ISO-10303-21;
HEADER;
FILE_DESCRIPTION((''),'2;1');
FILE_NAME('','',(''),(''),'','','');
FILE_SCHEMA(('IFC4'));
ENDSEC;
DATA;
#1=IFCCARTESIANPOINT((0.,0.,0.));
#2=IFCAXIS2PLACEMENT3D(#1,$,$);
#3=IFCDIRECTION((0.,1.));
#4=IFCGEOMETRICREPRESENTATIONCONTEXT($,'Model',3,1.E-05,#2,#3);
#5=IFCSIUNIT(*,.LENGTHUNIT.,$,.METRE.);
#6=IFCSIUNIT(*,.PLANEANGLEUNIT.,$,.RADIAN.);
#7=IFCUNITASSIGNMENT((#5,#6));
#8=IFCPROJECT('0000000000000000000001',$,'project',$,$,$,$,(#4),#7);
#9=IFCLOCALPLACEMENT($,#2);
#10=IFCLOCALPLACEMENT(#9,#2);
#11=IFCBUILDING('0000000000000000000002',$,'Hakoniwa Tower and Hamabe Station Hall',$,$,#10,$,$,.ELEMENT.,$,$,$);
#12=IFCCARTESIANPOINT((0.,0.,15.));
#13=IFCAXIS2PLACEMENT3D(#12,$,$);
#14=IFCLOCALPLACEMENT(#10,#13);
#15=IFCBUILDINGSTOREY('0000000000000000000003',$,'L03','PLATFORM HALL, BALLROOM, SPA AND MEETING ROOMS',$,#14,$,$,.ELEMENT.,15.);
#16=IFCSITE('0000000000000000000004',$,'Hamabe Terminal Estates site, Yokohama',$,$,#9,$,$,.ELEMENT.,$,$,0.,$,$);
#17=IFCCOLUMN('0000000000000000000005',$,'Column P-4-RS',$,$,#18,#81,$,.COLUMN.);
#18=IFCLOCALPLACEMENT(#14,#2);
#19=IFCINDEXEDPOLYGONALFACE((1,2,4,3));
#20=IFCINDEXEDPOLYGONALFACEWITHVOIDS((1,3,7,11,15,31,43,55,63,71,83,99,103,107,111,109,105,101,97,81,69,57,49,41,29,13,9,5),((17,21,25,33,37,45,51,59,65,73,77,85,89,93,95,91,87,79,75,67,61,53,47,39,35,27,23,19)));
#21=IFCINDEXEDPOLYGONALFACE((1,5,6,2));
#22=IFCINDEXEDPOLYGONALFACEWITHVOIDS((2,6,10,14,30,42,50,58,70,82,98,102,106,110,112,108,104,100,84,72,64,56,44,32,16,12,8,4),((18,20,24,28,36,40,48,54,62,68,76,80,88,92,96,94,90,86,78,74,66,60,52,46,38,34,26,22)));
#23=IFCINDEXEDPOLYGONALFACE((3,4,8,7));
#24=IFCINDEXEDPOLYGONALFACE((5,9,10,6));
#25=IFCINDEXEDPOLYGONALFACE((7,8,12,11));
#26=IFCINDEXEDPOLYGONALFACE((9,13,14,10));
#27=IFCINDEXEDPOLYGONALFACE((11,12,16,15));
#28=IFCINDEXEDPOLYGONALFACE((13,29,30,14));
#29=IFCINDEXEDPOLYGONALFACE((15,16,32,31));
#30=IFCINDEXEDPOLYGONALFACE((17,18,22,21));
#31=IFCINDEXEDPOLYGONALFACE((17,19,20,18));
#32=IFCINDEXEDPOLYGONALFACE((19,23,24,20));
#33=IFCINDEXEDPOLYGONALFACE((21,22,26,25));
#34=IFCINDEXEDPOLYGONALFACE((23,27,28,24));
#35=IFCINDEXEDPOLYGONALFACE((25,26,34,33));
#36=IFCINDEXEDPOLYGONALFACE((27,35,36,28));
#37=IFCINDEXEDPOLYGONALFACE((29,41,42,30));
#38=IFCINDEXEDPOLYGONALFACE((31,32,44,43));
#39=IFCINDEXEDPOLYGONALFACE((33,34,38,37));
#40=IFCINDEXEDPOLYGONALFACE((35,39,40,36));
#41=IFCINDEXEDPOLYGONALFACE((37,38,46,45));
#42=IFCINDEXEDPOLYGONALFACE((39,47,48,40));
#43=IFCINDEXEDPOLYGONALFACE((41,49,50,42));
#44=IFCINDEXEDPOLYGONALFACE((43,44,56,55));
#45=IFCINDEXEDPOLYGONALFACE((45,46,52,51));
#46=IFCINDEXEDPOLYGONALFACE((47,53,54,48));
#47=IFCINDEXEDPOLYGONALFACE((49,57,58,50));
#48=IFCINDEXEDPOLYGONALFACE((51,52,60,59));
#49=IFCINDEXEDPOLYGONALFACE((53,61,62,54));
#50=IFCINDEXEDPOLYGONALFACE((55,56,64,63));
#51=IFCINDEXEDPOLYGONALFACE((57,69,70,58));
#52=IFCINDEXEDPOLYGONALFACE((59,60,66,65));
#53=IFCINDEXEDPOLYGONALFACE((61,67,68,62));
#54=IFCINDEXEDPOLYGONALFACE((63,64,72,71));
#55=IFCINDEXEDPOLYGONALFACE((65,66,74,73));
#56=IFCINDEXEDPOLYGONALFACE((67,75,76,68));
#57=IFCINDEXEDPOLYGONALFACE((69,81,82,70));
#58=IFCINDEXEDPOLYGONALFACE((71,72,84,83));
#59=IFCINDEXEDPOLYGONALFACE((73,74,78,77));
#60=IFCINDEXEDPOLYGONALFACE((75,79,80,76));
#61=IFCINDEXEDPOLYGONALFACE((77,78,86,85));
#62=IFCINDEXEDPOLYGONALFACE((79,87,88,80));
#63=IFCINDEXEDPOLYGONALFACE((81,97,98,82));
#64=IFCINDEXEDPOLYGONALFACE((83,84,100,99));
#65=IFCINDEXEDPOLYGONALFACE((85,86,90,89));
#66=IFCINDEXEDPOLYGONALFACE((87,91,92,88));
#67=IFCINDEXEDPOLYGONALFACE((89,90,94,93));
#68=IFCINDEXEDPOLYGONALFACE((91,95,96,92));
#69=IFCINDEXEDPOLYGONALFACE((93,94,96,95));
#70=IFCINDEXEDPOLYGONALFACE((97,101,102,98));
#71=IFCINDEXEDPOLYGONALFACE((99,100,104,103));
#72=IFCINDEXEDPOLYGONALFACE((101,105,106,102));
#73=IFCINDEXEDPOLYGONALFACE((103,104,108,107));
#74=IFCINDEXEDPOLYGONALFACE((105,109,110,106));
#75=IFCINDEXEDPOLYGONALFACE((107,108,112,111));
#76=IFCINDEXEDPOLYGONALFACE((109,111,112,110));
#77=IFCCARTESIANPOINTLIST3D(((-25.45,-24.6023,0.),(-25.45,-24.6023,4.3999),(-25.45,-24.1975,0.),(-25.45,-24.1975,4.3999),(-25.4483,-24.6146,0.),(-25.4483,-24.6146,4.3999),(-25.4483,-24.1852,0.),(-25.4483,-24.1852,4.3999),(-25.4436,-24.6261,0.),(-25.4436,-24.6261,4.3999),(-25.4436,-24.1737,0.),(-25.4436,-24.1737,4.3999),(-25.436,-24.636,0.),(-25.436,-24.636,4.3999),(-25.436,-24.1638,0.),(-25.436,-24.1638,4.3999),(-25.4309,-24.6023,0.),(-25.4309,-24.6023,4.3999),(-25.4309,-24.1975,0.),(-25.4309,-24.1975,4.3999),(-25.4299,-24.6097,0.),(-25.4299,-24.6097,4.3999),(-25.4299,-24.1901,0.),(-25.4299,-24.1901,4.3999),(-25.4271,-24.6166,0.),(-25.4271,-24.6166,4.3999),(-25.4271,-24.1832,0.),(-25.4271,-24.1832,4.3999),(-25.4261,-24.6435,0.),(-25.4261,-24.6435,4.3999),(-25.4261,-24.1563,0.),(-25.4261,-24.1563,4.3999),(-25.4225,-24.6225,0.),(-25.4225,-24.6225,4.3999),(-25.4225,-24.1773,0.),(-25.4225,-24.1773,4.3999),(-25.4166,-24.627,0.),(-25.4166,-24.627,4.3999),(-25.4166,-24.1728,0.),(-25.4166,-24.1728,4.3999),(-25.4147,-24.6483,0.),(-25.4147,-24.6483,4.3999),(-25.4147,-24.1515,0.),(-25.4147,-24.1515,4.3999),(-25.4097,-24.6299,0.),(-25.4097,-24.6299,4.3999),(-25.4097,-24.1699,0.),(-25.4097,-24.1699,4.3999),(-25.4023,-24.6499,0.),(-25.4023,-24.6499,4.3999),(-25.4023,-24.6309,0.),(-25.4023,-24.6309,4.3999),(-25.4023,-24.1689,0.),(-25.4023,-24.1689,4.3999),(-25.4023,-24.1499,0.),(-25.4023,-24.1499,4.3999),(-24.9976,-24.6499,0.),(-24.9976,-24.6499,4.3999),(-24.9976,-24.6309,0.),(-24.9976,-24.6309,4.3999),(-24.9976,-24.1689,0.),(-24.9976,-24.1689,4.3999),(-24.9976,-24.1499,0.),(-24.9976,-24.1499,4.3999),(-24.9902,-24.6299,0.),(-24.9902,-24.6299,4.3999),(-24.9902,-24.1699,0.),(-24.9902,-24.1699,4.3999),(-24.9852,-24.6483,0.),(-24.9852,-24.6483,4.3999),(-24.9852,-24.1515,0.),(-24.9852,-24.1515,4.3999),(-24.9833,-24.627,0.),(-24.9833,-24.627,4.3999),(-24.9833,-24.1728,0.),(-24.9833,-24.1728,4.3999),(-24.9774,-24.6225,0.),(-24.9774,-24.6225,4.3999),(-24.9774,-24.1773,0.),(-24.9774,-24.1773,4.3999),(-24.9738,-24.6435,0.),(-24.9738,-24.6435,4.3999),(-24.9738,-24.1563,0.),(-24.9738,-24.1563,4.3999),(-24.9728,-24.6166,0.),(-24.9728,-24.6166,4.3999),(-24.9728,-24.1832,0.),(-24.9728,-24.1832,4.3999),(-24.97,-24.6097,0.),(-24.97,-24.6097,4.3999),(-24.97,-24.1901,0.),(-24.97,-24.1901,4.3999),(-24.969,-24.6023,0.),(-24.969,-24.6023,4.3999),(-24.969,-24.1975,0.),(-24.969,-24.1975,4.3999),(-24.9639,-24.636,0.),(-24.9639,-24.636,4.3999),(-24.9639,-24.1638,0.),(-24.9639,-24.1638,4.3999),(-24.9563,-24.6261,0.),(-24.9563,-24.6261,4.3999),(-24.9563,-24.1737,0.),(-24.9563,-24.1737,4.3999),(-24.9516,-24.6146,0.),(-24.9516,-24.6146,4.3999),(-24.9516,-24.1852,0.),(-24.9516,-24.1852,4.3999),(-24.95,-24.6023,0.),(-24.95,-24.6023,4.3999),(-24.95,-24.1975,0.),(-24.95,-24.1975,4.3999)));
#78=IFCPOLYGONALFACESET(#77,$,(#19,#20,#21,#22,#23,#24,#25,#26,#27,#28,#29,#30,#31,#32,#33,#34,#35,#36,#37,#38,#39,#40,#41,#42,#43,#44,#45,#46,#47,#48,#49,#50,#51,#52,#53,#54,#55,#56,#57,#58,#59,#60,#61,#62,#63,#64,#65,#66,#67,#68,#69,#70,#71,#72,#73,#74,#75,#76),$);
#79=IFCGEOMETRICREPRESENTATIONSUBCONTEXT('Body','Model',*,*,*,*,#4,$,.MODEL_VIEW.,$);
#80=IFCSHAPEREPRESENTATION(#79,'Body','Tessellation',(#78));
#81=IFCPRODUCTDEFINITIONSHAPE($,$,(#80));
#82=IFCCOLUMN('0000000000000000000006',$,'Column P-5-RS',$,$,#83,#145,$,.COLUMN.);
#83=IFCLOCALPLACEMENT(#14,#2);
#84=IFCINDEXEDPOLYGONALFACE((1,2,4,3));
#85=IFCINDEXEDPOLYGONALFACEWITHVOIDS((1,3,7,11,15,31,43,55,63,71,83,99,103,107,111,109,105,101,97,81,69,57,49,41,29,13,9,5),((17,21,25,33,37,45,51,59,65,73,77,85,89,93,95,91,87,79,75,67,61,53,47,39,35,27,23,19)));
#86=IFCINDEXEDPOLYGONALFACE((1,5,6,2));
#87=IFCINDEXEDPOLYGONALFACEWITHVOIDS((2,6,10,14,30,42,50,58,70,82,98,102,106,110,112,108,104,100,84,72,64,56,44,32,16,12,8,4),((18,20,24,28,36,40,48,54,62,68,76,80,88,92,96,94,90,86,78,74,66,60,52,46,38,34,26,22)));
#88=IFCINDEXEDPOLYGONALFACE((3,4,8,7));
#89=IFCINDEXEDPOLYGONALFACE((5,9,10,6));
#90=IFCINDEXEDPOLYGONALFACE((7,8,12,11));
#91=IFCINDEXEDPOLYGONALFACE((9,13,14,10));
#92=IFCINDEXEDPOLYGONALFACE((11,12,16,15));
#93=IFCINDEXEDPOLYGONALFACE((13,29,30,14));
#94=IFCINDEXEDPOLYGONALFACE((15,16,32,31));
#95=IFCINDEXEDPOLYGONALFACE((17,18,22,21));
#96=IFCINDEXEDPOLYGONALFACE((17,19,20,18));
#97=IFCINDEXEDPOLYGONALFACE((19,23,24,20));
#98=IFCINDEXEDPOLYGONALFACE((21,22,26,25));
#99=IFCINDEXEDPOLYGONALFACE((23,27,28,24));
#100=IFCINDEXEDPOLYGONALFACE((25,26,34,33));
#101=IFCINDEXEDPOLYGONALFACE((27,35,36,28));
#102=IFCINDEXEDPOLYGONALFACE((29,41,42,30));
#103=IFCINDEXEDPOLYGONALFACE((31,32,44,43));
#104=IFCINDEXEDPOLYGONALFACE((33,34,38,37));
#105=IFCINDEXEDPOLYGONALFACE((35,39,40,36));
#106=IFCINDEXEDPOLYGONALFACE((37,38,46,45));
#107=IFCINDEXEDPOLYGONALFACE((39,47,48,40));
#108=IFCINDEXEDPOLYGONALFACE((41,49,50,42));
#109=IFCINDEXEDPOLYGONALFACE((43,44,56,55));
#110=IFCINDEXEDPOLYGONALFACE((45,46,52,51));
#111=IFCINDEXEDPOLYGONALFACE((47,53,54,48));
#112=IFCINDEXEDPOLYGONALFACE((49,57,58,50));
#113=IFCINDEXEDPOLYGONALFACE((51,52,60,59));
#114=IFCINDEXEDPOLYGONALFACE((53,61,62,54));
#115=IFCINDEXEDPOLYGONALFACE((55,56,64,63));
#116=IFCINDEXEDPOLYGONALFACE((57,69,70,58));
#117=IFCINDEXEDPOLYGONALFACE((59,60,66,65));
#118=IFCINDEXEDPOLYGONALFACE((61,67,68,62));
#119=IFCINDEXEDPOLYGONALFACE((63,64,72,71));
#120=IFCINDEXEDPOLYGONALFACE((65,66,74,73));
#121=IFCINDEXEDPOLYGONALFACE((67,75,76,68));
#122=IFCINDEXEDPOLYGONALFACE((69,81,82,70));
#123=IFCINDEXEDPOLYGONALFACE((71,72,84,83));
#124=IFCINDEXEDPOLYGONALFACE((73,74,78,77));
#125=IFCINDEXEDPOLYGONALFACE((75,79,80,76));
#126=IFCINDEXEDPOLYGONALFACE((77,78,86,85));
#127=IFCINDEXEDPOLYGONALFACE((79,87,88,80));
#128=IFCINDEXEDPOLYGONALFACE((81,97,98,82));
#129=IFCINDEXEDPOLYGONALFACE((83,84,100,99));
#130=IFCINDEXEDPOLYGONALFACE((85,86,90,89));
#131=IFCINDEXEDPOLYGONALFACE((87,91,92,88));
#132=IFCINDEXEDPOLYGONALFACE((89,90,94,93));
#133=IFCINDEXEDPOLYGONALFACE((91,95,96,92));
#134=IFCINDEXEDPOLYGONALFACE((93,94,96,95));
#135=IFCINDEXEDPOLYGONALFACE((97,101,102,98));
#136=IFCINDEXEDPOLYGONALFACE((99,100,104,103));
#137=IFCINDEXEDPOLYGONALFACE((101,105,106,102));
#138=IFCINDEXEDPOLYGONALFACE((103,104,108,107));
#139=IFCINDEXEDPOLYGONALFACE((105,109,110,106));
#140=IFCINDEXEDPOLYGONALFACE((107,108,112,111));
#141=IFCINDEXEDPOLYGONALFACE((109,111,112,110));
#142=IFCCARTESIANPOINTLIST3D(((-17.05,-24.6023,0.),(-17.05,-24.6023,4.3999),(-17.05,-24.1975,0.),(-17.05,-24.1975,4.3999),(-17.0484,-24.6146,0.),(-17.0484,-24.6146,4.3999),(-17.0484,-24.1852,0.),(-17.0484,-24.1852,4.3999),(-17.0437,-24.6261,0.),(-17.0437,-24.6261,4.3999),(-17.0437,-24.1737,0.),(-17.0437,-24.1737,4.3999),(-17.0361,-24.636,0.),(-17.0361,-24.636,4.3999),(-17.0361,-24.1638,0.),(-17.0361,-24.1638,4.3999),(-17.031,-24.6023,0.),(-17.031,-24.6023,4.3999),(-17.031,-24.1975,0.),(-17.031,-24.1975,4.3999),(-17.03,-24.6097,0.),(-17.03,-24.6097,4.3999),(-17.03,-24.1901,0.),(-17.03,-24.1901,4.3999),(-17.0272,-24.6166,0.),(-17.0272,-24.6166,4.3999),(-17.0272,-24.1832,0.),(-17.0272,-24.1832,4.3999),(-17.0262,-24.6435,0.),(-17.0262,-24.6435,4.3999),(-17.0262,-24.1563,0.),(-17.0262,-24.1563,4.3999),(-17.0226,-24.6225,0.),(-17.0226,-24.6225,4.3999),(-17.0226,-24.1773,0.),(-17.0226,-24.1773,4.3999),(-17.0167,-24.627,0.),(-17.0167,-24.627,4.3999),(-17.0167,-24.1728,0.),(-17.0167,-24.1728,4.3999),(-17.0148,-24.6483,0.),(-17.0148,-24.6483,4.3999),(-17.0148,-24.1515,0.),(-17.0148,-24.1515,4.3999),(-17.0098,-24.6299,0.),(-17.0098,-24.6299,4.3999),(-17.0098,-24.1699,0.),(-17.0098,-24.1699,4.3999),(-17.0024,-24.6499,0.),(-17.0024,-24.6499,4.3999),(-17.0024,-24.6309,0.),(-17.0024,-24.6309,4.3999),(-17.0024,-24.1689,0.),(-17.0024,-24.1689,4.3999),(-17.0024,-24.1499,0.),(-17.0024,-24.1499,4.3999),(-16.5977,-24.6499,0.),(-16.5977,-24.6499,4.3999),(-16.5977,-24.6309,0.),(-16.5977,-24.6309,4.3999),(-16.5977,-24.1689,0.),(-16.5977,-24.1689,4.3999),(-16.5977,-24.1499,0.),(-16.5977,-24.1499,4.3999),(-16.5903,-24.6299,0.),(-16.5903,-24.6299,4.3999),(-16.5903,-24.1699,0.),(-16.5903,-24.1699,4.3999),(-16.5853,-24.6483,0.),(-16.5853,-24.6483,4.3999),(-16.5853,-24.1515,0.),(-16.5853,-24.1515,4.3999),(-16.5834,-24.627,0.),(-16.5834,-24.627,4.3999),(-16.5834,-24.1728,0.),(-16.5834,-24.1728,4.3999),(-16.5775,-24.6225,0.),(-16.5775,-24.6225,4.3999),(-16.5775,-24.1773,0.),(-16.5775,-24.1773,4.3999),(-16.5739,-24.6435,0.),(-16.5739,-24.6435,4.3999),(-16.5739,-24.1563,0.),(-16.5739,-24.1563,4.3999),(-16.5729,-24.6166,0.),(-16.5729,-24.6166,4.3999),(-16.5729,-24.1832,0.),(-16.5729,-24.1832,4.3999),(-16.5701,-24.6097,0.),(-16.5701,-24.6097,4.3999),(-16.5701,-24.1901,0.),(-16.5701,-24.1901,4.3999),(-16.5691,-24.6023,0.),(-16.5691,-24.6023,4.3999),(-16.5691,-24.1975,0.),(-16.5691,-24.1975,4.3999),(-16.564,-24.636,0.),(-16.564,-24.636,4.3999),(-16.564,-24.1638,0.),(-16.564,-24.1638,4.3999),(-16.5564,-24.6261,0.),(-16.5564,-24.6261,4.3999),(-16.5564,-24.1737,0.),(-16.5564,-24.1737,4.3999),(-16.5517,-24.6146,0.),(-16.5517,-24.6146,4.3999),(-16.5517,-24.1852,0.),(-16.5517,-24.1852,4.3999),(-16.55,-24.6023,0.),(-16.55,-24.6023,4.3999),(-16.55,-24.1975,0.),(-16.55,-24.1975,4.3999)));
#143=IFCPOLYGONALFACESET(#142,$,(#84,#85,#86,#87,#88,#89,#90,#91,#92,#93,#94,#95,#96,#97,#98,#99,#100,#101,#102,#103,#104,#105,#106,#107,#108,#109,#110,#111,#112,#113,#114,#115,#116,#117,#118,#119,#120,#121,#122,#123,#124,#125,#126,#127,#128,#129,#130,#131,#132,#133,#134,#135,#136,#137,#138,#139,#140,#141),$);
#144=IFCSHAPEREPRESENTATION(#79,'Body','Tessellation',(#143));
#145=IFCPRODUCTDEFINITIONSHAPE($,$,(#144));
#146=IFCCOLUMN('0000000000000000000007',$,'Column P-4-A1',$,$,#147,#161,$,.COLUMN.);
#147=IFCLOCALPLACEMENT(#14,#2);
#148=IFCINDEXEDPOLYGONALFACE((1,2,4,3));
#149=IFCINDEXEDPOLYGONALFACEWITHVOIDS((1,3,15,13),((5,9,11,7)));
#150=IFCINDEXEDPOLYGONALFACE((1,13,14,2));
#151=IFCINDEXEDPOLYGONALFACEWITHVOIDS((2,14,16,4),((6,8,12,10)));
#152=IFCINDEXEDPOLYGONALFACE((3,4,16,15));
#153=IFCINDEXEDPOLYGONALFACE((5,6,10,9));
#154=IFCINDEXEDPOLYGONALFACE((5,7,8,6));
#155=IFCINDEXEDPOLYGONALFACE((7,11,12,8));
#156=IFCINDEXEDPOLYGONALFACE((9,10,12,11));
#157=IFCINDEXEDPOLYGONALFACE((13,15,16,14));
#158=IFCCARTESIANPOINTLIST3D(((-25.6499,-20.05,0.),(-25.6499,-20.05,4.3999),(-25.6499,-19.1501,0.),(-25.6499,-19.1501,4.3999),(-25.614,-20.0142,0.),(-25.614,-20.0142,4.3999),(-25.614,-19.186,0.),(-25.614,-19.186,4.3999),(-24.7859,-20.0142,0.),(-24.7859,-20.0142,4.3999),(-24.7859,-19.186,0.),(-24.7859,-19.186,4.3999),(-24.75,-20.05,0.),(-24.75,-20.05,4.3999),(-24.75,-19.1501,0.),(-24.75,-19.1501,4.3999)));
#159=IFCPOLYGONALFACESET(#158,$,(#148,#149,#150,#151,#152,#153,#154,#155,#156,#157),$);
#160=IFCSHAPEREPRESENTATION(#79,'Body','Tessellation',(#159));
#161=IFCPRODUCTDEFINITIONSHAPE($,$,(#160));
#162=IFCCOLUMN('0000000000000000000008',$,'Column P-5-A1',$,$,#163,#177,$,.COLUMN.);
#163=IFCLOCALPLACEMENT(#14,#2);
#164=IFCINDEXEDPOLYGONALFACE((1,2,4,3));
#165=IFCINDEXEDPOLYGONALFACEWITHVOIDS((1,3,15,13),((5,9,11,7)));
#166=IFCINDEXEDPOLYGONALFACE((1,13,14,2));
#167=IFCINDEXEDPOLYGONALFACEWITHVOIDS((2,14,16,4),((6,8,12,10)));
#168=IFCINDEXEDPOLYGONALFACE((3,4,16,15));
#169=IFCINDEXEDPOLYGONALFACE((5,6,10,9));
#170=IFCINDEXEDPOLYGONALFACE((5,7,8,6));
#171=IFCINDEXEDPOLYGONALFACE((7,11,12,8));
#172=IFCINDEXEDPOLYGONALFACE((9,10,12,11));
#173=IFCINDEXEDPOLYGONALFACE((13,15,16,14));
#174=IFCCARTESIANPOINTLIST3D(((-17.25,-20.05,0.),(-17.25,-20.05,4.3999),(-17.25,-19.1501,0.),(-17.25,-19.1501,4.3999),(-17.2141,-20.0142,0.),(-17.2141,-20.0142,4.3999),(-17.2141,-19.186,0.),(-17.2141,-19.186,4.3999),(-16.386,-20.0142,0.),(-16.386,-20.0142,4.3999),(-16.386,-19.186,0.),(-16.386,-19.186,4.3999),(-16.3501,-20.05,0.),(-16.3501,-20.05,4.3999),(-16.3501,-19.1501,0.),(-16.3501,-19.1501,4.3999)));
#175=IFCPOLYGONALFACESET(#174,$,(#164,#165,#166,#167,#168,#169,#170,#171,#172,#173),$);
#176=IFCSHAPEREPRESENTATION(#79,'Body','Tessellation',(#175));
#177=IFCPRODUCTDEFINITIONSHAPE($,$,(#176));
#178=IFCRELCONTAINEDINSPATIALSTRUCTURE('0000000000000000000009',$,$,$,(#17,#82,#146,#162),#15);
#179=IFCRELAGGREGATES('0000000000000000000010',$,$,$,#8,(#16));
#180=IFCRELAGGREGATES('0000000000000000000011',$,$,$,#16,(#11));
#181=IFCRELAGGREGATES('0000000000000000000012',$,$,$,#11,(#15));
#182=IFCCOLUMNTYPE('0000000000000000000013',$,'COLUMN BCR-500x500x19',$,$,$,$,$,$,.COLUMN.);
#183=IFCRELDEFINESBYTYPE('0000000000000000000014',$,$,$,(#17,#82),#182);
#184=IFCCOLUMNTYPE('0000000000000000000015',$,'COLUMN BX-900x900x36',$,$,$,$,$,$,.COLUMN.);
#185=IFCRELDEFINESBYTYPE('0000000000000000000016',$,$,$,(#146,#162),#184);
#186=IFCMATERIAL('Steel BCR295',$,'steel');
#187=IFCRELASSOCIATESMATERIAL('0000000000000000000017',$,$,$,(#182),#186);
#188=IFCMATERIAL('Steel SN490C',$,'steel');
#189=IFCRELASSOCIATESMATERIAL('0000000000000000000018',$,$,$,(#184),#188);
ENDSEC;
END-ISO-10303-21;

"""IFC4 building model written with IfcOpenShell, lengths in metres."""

from ifc_helpers import new_model, si_unit, direction, frame, origin, origin_2d, place, context, subcontext, project, spatial, hollow_rectangle, extrude, material, material_profile, profile_set, type_object, element, save


model = new_model("IFC4")

# Units and contexts
model_context = context("Model", 3, precision=1e-05, world=origin(), true_north=direction((0.0, 1.0)))
body_context = subcontext(model_context, "Body", "Model", "MODEL_VIEW")
ifc_project = project(units=[si_unit("LENGTHUNIT", "METRE"), si_unit("PLANEANGLEUNIT", "RADIAN")], contexts=[model_context])

# Site, building, storey
site_placement = place(None, origin())
site = spatial("IfcSite", under=ifc_project, at=site_placement, Name="Hamabe Terminal Estates site, Yokohama", CompositionType="ELEMENT", RefElevation=0.0)
building_placement = place(site_placement, origin())
building = spatial("IfcBuilding", under=site, at=building_placement, Name="Hakoniwa Tower and Hamabe Station Hall", CompositionType="ELEMENT")
storey_placement = place(building_placement, frame((0.0, 0.0, 15.0)))
storey = spatial("IfcBuildingStorey", under=building, at=storey_placement, Name="L03", Description="PLATFORM HALL, BALLROOM, SPA AND MEETING ROOMS", CompositionType="ELEMENT", Elevation=15.0)

# Columns
ifc_material_1 = material(Name="Steel BCR295", Category="steel")
ifc_material_profile_1 = material_profile(ifc_material_1, hollow_rectangle(XDim=0.5, YDim=0.5, WallThickness=0.019, InnerFilletRadius=0.0286, OuterFilletRadius=0.0476, at=origin_2d()), Name="BCR-500x500x19")
ifc_profile_set_1 = profile_set([ifc_material_profile_1], Name="Steel BCR295")
column_type_1 = type_object("IfcColumnType", Name="COLUMN BCR-500x500x19", PredefinedType="COLUMN", material=ifc_profile_set_1)
for number, where, z_axis, x_axis, name in (
    (1, (-25.2, -24.3999, 0.0), (0.0, 0.0, 1.0), (1.0, 0.0, 0.0), "Column P-4-RS"),
    (2, (-16.8, -24.3999, 0.0), (0.0, 0.0, 1.0), (1.0, 0.0, 0.0), "Column P-5-RS"),
):
    element("IfcColumn", number, at=place(storey_placement, frame(where, z_axis=z_axis, x_axis=x_axis)), inside=storey, type_object=column_type_1, Name=name, PredefinedType="COLUMN", context=body_context, shape_type="SweptSolid", body=[
        extrude(hollow_rectangle(XDim=0.5, YDim=0.5, WallThickness=0.019, InnerFilletRadius=0.0286, OuterFilletRadius=0.0476, at=origin_2d()), origin(), (0.0, 0.0, 1.0), 4.3999),
    ])
ifc_material_2 = material(Name="Steel SN490C", Category="steel")
ifc_material_profile_2 = material_profile(ifc_material_2, hollow_rectangle(XDim=0.8999, YDim=0.8999, WallThickness=0.0359, at=origin_2d()), Name="BX-900x900x36")
ifc_profile_set_2 = profile_set([ifc_material_profile_2], Name="Steel SN490C")
column_type_2 = type_object("IfcColumnType", Name="COLUMN BX-900x900x36", PredefinedType="COLUMN", material=ifc_profile_set_2)
for number, where, z_axis, x_axis, name in (
    (3, (-25.2, -19.6001, 0.0), (0.0, 0.0, 1.0), (1.0, 0.0, 0.0), "Column P-4-A1"),
    (4, (-16.8, -19.6001, 0.0), (0.0, 0.0, 1.0), (1.0, 0.0, 0.0), "Column P-5-A1"),
):
    element("IfcColumn", number, at=place(storey_placement, frame(where, z_axis=z_axis, x_axis=x_axis)), inside=storey, type_object=column_type_2, Name=name, PredefinedType="COLUMN", context=body_context, shape_type="SweptSolid", body=[
        extrude(hollow_rectangle(XDim=0.8999, YDim=0.8999, WallThickness=0.0359, at=origin_2d()), origin(), (0.0, 0.0, 1.0), 4.3999),
    ])

save(model, "model.ifc")
